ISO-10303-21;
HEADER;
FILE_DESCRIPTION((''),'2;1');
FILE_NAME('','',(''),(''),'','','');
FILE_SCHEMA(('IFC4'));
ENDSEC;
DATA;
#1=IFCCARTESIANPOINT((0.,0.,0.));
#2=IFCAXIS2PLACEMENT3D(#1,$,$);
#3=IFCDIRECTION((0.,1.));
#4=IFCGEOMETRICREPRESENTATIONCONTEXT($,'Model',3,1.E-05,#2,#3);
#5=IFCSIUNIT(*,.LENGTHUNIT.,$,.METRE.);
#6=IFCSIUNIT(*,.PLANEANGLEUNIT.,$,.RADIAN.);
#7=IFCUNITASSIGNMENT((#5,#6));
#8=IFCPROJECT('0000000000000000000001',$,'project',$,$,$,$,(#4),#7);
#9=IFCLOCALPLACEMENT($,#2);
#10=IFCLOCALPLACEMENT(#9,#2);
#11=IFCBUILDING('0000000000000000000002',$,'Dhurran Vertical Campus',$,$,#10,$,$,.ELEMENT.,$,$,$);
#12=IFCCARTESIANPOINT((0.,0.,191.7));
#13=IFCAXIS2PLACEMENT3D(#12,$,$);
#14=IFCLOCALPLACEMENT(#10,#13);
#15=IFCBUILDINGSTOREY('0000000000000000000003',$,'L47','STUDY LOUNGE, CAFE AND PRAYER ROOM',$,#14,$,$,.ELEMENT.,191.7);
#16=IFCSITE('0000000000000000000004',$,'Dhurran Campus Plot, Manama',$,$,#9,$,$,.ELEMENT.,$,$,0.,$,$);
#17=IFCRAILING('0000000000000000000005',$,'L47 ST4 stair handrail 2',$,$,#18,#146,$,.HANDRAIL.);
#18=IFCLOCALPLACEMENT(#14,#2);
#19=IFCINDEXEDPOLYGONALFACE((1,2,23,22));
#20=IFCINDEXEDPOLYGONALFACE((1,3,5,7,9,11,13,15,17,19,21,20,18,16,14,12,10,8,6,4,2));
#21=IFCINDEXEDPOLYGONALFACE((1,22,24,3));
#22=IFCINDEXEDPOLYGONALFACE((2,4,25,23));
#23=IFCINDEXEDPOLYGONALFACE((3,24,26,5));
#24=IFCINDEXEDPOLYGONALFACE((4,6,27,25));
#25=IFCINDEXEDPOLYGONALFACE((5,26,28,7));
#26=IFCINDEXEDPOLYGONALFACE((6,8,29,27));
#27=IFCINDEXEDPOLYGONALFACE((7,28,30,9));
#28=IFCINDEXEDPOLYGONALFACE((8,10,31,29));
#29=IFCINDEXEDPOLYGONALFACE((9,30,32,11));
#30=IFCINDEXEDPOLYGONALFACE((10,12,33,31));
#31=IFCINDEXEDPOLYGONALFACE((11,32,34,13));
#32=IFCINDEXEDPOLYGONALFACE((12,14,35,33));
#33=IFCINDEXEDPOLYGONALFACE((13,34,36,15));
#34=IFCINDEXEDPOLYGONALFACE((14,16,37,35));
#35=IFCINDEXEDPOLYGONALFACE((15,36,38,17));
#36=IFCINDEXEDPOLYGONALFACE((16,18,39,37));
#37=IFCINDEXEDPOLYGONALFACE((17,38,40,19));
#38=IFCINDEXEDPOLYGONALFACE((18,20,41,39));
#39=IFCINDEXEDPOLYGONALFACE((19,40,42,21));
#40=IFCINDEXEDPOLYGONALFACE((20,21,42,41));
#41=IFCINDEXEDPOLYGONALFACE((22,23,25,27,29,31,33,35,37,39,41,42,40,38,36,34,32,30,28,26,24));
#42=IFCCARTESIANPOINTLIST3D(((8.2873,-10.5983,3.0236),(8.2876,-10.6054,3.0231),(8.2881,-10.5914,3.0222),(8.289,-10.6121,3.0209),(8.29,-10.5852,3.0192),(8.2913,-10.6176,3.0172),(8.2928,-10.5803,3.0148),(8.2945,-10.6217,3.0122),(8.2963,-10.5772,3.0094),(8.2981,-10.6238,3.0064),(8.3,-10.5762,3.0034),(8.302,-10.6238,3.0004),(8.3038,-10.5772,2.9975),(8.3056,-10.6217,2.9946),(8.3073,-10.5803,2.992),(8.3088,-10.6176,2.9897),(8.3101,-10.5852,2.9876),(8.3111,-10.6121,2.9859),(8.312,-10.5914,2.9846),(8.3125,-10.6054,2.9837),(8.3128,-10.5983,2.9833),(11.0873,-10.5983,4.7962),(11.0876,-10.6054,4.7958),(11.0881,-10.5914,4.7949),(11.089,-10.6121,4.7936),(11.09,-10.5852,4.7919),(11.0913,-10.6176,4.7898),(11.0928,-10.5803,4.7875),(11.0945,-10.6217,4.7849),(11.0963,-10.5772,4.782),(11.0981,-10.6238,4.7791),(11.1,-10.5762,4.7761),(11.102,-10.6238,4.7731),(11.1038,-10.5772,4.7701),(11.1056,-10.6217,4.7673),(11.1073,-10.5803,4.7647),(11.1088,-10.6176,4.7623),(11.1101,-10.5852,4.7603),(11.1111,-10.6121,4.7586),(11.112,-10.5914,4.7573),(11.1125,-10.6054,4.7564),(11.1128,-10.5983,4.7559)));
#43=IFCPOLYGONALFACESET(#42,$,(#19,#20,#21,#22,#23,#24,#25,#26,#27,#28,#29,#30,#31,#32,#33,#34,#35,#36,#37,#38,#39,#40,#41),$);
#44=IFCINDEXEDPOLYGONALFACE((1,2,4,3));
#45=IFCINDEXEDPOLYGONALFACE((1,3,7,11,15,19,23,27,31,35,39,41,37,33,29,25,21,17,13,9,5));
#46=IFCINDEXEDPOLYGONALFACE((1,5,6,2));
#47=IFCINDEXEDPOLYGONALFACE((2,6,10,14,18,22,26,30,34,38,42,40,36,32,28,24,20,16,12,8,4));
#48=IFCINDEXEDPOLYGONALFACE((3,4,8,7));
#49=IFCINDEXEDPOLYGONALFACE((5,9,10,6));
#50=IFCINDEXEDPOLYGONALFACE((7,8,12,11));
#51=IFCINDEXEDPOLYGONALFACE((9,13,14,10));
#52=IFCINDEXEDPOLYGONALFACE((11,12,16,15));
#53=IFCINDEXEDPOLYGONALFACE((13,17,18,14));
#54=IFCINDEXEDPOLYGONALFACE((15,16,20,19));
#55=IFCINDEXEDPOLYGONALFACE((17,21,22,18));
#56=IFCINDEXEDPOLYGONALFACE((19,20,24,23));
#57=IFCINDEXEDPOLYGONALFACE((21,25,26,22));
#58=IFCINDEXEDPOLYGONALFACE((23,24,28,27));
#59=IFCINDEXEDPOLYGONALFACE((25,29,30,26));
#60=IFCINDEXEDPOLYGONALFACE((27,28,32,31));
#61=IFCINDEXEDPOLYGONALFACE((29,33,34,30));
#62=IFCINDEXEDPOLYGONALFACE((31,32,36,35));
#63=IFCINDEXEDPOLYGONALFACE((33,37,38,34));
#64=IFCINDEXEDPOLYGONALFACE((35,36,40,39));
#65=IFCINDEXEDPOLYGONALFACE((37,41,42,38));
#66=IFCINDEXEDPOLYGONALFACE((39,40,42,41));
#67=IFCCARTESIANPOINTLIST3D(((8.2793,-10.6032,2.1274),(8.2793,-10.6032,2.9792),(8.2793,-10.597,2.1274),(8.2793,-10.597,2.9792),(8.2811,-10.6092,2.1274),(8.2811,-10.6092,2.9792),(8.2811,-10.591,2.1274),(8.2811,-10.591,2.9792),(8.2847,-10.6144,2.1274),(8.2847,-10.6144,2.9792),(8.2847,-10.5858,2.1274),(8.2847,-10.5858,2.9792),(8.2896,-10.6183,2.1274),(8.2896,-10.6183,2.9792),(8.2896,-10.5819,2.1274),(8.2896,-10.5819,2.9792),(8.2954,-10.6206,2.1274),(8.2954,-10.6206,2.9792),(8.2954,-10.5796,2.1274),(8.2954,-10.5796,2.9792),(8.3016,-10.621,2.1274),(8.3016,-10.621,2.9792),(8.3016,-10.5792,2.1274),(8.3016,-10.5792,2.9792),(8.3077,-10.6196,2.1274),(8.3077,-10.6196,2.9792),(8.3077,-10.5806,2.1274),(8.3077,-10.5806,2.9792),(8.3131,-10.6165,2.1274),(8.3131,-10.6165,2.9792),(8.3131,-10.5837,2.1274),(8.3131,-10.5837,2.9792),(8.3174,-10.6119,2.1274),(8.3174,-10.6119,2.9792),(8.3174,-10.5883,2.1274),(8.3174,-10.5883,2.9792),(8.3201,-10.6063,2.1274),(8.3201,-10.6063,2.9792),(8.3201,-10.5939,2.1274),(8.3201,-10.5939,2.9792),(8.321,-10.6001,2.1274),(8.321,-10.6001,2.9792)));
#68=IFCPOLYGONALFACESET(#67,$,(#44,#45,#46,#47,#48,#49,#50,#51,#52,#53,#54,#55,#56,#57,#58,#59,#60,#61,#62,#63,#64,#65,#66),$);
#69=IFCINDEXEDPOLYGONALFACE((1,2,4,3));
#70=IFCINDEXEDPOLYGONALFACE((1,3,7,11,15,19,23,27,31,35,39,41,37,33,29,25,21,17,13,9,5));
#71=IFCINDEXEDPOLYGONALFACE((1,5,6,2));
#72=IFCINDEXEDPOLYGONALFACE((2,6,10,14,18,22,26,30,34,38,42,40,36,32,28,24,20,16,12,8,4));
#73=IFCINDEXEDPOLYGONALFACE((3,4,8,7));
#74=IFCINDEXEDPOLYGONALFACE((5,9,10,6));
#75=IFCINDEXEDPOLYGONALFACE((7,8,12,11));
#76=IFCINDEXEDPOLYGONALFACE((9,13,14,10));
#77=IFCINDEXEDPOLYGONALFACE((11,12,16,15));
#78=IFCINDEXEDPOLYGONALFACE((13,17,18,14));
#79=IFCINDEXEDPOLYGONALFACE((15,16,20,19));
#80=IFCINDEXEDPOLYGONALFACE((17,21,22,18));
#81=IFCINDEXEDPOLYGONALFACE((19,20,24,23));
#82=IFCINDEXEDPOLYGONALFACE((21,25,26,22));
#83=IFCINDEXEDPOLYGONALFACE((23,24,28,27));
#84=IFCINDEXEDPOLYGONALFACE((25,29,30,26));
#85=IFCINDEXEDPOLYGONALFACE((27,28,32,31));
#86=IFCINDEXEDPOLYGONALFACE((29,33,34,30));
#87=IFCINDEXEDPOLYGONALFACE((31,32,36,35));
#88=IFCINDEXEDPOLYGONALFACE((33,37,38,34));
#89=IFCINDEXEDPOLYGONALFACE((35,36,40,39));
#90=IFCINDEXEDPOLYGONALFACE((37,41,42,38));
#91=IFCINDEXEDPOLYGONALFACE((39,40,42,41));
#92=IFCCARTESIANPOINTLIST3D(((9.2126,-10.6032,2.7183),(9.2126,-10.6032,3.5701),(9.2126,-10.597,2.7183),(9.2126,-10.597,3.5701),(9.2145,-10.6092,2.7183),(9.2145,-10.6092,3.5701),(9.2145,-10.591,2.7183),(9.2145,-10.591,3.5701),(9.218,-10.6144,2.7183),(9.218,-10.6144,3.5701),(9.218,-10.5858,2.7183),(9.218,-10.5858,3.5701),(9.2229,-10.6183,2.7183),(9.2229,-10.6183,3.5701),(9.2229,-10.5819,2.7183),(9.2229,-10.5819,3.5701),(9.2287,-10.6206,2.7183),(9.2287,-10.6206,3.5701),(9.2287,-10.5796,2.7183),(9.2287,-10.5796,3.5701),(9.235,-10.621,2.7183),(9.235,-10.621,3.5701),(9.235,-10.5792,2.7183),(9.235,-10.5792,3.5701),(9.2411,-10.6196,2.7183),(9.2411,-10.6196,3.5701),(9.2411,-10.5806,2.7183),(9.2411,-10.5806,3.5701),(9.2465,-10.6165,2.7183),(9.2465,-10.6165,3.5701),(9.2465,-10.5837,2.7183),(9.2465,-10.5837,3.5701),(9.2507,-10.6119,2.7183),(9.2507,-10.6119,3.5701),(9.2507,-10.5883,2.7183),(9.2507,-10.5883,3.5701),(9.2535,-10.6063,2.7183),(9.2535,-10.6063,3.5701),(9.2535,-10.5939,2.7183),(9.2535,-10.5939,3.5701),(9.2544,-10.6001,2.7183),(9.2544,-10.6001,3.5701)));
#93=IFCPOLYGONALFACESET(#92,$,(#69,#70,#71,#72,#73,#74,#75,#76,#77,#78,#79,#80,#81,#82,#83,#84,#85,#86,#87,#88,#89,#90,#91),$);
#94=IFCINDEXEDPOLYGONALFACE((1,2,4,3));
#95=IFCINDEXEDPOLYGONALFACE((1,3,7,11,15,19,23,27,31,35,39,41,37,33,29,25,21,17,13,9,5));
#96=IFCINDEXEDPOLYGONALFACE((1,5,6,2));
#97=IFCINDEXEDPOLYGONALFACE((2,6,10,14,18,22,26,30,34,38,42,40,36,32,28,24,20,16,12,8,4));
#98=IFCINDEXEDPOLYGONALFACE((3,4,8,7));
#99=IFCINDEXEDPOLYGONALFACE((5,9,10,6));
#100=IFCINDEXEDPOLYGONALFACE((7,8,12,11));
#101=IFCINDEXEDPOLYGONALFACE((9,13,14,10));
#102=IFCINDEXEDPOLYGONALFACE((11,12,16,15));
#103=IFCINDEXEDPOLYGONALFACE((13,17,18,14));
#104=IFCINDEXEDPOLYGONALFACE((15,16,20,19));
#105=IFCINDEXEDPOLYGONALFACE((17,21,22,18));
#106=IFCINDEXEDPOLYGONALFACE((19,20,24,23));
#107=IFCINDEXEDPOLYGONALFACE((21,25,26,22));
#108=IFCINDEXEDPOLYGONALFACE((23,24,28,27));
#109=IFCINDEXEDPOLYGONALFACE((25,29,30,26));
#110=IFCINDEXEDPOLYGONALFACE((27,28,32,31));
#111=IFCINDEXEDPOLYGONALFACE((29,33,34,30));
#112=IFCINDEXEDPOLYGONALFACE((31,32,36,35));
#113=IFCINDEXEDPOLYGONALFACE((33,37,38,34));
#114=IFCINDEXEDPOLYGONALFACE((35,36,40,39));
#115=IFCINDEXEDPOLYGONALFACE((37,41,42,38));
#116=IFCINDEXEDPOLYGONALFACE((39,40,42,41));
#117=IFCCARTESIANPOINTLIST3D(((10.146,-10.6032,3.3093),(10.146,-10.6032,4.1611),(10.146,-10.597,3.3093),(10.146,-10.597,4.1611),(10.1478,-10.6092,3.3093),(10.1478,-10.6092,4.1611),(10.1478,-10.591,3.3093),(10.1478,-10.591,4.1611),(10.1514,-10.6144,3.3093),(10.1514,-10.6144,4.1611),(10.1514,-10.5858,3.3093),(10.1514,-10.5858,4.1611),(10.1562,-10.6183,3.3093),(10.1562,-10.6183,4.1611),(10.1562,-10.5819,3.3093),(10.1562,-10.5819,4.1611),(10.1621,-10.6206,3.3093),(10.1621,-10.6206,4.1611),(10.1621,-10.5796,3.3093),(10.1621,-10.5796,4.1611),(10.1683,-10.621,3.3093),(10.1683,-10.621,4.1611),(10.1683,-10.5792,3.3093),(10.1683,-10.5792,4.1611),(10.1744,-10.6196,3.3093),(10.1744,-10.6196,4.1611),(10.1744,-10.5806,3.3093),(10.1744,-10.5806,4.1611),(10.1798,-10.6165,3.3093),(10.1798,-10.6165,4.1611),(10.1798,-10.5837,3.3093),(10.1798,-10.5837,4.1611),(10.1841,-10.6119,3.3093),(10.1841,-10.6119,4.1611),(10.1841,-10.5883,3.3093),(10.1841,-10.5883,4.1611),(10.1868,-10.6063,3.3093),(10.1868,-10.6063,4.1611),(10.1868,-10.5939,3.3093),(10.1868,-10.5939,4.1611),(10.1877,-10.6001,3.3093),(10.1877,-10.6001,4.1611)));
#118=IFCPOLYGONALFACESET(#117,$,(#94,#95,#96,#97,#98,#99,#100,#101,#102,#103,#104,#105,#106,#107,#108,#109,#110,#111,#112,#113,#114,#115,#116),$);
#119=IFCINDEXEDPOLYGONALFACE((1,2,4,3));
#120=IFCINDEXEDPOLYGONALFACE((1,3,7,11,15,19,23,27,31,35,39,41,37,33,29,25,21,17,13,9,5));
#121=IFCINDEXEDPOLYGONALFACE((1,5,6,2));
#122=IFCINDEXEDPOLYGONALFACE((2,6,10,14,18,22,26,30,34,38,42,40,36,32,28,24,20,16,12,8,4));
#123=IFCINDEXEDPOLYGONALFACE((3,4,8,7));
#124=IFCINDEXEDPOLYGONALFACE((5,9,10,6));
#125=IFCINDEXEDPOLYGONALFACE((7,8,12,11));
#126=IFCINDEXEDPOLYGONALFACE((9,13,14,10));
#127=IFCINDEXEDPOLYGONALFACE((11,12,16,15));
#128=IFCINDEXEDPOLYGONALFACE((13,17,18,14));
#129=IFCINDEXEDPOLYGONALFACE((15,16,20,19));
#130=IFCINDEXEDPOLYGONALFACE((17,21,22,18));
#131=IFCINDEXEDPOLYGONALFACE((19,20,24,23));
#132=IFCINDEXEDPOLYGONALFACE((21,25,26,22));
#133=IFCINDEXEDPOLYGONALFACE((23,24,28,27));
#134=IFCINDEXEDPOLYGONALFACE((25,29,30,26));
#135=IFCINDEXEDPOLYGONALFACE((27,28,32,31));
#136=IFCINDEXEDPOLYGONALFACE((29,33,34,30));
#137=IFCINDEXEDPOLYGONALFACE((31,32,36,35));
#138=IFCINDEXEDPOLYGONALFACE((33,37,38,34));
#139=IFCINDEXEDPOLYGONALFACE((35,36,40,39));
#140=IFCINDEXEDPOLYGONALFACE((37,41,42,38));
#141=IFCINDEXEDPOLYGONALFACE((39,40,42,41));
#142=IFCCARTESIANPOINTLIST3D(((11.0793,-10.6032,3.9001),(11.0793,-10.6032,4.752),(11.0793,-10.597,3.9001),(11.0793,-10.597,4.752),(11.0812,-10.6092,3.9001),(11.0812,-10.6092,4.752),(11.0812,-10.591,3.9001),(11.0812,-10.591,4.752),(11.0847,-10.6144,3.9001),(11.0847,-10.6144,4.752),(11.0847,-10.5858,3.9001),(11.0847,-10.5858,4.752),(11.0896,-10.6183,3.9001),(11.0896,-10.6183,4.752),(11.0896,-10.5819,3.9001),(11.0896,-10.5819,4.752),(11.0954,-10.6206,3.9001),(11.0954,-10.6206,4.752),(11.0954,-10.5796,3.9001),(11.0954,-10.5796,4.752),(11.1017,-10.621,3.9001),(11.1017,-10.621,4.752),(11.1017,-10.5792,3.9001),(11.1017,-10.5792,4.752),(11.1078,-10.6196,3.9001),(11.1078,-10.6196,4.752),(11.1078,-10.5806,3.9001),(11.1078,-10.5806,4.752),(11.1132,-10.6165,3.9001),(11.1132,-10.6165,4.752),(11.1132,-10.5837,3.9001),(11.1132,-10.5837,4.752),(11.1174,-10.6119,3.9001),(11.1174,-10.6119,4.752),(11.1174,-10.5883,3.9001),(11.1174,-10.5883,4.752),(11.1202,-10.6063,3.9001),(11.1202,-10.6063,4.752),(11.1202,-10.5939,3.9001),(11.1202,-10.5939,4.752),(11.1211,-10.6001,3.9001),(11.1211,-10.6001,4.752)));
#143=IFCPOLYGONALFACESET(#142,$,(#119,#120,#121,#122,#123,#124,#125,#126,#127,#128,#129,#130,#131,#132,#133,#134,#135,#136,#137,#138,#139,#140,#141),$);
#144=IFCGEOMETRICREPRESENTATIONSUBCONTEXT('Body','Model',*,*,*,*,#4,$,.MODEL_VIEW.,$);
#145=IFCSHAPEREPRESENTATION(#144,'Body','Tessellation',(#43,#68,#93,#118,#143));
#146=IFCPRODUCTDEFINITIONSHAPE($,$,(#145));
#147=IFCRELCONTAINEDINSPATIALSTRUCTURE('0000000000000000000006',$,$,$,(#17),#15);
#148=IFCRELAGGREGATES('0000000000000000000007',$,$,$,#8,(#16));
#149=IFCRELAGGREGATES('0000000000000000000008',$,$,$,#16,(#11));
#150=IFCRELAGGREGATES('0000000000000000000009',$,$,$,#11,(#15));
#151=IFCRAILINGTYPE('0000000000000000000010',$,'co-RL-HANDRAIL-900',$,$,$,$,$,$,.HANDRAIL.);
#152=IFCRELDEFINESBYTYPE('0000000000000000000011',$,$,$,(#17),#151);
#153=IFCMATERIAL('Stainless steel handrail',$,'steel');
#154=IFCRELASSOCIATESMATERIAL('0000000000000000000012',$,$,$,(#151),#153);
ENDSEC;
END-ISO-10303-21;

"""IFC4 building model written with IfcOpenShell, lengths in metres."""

from ifc_helpers import new_model, si_unit, direction, frame, origin, origin_2d, place, context, subcontext, project, spatial, circle, extrude, material, type_object, element, save


model = new_model("IFC4")

# Units and contexts
model_context = context("Model", 3, precision=1e-05, world=origin(), true_north=direction((0.0, 1.0)))
body_context = subcontext(model_context, "Body", "Model", "MODEL_VIEW")
ifc_project = project(units=[si_unit("LENGTHUNIT", "METRE"), si_unit("PLANEANGLEUNIT", "RADIAN")], contexts=[model_context])

# Site, building, storey
site_placement = place(None, origin())
site = spatial("IfcSite", under=ifc_project, at=site_placement, Name="Dhurran Campus Plot, Manama", CompositionType="ELEMENT", RefElevation=0.0)
building_placement = place(site_placement, origin())
building = spatial("IfcBuilding", under=site, at=building_placement, Name="Dhurran Vertical Campus", CompositionType="ELEMENT")
storey_placement = place(building_placement, frame((0.0, 0.0, 191.7)))
storey = spatial("IfcBuildingStorey", under=building, at=storey_placement, Name="L47", Description="STUDY LOUNGE, CAFE AND PRAYER ROOM", CompositionType="ELEMENT", Elevation=191.7)

# Railing
ifc_material_1 = material(Name="Stainless steel handrail", Category="steel")
railing_type_1 = type_object("IfcRailingType", Name="co-RL-HANDRAIL-900", PredefinedType="HANDRAIL", material=ifc_material_1)
railing_1_placement = place(storey_placement, frame((8.3, -10.6001, 2.1274)))
element("IfcRailing", 1, at=railing_1_placement, inside=storey, type_object=railing_type_1, Name="L47 ST4 stair handrail 2", PredefinedType="HANDRAIL", context=body_context, shape_type="SweptSolid", body=[
    extrude(circle(Radius=0.0239, at=origin_2d()), frame((0.0, 0.0, 0.876), z_axis=(0.844909, 0.0, 0.53491), x_axis=(0.0, 1.0, 0.0)), (0.0, 0.0, 1.0), 3.314),
    extrude(circle(Radius=0.021, at=origin_2d()), origin(), (0.0, 0.0, 1.0), 0.8518),
    extrude(circle(Radius=0.021, at=origin_2d()), frame((0.9333, 0.0, 0.5908)), (0.0, 0.0, 1.0), 0.8518),
    extrude(circle(Radius=0.021, at=origin_2d()), frame((1.8667, 0.0, 1.1819)), (0.0, 0.0, 1.0), 0.8518),
    extrude(circle(Radius=0.021, at=origin_2d()), frame((2.8, 0.0, 1.7727)), (0.0, 0.0, 1.0), 0.8518),
])

save(model, "model.ifc")
